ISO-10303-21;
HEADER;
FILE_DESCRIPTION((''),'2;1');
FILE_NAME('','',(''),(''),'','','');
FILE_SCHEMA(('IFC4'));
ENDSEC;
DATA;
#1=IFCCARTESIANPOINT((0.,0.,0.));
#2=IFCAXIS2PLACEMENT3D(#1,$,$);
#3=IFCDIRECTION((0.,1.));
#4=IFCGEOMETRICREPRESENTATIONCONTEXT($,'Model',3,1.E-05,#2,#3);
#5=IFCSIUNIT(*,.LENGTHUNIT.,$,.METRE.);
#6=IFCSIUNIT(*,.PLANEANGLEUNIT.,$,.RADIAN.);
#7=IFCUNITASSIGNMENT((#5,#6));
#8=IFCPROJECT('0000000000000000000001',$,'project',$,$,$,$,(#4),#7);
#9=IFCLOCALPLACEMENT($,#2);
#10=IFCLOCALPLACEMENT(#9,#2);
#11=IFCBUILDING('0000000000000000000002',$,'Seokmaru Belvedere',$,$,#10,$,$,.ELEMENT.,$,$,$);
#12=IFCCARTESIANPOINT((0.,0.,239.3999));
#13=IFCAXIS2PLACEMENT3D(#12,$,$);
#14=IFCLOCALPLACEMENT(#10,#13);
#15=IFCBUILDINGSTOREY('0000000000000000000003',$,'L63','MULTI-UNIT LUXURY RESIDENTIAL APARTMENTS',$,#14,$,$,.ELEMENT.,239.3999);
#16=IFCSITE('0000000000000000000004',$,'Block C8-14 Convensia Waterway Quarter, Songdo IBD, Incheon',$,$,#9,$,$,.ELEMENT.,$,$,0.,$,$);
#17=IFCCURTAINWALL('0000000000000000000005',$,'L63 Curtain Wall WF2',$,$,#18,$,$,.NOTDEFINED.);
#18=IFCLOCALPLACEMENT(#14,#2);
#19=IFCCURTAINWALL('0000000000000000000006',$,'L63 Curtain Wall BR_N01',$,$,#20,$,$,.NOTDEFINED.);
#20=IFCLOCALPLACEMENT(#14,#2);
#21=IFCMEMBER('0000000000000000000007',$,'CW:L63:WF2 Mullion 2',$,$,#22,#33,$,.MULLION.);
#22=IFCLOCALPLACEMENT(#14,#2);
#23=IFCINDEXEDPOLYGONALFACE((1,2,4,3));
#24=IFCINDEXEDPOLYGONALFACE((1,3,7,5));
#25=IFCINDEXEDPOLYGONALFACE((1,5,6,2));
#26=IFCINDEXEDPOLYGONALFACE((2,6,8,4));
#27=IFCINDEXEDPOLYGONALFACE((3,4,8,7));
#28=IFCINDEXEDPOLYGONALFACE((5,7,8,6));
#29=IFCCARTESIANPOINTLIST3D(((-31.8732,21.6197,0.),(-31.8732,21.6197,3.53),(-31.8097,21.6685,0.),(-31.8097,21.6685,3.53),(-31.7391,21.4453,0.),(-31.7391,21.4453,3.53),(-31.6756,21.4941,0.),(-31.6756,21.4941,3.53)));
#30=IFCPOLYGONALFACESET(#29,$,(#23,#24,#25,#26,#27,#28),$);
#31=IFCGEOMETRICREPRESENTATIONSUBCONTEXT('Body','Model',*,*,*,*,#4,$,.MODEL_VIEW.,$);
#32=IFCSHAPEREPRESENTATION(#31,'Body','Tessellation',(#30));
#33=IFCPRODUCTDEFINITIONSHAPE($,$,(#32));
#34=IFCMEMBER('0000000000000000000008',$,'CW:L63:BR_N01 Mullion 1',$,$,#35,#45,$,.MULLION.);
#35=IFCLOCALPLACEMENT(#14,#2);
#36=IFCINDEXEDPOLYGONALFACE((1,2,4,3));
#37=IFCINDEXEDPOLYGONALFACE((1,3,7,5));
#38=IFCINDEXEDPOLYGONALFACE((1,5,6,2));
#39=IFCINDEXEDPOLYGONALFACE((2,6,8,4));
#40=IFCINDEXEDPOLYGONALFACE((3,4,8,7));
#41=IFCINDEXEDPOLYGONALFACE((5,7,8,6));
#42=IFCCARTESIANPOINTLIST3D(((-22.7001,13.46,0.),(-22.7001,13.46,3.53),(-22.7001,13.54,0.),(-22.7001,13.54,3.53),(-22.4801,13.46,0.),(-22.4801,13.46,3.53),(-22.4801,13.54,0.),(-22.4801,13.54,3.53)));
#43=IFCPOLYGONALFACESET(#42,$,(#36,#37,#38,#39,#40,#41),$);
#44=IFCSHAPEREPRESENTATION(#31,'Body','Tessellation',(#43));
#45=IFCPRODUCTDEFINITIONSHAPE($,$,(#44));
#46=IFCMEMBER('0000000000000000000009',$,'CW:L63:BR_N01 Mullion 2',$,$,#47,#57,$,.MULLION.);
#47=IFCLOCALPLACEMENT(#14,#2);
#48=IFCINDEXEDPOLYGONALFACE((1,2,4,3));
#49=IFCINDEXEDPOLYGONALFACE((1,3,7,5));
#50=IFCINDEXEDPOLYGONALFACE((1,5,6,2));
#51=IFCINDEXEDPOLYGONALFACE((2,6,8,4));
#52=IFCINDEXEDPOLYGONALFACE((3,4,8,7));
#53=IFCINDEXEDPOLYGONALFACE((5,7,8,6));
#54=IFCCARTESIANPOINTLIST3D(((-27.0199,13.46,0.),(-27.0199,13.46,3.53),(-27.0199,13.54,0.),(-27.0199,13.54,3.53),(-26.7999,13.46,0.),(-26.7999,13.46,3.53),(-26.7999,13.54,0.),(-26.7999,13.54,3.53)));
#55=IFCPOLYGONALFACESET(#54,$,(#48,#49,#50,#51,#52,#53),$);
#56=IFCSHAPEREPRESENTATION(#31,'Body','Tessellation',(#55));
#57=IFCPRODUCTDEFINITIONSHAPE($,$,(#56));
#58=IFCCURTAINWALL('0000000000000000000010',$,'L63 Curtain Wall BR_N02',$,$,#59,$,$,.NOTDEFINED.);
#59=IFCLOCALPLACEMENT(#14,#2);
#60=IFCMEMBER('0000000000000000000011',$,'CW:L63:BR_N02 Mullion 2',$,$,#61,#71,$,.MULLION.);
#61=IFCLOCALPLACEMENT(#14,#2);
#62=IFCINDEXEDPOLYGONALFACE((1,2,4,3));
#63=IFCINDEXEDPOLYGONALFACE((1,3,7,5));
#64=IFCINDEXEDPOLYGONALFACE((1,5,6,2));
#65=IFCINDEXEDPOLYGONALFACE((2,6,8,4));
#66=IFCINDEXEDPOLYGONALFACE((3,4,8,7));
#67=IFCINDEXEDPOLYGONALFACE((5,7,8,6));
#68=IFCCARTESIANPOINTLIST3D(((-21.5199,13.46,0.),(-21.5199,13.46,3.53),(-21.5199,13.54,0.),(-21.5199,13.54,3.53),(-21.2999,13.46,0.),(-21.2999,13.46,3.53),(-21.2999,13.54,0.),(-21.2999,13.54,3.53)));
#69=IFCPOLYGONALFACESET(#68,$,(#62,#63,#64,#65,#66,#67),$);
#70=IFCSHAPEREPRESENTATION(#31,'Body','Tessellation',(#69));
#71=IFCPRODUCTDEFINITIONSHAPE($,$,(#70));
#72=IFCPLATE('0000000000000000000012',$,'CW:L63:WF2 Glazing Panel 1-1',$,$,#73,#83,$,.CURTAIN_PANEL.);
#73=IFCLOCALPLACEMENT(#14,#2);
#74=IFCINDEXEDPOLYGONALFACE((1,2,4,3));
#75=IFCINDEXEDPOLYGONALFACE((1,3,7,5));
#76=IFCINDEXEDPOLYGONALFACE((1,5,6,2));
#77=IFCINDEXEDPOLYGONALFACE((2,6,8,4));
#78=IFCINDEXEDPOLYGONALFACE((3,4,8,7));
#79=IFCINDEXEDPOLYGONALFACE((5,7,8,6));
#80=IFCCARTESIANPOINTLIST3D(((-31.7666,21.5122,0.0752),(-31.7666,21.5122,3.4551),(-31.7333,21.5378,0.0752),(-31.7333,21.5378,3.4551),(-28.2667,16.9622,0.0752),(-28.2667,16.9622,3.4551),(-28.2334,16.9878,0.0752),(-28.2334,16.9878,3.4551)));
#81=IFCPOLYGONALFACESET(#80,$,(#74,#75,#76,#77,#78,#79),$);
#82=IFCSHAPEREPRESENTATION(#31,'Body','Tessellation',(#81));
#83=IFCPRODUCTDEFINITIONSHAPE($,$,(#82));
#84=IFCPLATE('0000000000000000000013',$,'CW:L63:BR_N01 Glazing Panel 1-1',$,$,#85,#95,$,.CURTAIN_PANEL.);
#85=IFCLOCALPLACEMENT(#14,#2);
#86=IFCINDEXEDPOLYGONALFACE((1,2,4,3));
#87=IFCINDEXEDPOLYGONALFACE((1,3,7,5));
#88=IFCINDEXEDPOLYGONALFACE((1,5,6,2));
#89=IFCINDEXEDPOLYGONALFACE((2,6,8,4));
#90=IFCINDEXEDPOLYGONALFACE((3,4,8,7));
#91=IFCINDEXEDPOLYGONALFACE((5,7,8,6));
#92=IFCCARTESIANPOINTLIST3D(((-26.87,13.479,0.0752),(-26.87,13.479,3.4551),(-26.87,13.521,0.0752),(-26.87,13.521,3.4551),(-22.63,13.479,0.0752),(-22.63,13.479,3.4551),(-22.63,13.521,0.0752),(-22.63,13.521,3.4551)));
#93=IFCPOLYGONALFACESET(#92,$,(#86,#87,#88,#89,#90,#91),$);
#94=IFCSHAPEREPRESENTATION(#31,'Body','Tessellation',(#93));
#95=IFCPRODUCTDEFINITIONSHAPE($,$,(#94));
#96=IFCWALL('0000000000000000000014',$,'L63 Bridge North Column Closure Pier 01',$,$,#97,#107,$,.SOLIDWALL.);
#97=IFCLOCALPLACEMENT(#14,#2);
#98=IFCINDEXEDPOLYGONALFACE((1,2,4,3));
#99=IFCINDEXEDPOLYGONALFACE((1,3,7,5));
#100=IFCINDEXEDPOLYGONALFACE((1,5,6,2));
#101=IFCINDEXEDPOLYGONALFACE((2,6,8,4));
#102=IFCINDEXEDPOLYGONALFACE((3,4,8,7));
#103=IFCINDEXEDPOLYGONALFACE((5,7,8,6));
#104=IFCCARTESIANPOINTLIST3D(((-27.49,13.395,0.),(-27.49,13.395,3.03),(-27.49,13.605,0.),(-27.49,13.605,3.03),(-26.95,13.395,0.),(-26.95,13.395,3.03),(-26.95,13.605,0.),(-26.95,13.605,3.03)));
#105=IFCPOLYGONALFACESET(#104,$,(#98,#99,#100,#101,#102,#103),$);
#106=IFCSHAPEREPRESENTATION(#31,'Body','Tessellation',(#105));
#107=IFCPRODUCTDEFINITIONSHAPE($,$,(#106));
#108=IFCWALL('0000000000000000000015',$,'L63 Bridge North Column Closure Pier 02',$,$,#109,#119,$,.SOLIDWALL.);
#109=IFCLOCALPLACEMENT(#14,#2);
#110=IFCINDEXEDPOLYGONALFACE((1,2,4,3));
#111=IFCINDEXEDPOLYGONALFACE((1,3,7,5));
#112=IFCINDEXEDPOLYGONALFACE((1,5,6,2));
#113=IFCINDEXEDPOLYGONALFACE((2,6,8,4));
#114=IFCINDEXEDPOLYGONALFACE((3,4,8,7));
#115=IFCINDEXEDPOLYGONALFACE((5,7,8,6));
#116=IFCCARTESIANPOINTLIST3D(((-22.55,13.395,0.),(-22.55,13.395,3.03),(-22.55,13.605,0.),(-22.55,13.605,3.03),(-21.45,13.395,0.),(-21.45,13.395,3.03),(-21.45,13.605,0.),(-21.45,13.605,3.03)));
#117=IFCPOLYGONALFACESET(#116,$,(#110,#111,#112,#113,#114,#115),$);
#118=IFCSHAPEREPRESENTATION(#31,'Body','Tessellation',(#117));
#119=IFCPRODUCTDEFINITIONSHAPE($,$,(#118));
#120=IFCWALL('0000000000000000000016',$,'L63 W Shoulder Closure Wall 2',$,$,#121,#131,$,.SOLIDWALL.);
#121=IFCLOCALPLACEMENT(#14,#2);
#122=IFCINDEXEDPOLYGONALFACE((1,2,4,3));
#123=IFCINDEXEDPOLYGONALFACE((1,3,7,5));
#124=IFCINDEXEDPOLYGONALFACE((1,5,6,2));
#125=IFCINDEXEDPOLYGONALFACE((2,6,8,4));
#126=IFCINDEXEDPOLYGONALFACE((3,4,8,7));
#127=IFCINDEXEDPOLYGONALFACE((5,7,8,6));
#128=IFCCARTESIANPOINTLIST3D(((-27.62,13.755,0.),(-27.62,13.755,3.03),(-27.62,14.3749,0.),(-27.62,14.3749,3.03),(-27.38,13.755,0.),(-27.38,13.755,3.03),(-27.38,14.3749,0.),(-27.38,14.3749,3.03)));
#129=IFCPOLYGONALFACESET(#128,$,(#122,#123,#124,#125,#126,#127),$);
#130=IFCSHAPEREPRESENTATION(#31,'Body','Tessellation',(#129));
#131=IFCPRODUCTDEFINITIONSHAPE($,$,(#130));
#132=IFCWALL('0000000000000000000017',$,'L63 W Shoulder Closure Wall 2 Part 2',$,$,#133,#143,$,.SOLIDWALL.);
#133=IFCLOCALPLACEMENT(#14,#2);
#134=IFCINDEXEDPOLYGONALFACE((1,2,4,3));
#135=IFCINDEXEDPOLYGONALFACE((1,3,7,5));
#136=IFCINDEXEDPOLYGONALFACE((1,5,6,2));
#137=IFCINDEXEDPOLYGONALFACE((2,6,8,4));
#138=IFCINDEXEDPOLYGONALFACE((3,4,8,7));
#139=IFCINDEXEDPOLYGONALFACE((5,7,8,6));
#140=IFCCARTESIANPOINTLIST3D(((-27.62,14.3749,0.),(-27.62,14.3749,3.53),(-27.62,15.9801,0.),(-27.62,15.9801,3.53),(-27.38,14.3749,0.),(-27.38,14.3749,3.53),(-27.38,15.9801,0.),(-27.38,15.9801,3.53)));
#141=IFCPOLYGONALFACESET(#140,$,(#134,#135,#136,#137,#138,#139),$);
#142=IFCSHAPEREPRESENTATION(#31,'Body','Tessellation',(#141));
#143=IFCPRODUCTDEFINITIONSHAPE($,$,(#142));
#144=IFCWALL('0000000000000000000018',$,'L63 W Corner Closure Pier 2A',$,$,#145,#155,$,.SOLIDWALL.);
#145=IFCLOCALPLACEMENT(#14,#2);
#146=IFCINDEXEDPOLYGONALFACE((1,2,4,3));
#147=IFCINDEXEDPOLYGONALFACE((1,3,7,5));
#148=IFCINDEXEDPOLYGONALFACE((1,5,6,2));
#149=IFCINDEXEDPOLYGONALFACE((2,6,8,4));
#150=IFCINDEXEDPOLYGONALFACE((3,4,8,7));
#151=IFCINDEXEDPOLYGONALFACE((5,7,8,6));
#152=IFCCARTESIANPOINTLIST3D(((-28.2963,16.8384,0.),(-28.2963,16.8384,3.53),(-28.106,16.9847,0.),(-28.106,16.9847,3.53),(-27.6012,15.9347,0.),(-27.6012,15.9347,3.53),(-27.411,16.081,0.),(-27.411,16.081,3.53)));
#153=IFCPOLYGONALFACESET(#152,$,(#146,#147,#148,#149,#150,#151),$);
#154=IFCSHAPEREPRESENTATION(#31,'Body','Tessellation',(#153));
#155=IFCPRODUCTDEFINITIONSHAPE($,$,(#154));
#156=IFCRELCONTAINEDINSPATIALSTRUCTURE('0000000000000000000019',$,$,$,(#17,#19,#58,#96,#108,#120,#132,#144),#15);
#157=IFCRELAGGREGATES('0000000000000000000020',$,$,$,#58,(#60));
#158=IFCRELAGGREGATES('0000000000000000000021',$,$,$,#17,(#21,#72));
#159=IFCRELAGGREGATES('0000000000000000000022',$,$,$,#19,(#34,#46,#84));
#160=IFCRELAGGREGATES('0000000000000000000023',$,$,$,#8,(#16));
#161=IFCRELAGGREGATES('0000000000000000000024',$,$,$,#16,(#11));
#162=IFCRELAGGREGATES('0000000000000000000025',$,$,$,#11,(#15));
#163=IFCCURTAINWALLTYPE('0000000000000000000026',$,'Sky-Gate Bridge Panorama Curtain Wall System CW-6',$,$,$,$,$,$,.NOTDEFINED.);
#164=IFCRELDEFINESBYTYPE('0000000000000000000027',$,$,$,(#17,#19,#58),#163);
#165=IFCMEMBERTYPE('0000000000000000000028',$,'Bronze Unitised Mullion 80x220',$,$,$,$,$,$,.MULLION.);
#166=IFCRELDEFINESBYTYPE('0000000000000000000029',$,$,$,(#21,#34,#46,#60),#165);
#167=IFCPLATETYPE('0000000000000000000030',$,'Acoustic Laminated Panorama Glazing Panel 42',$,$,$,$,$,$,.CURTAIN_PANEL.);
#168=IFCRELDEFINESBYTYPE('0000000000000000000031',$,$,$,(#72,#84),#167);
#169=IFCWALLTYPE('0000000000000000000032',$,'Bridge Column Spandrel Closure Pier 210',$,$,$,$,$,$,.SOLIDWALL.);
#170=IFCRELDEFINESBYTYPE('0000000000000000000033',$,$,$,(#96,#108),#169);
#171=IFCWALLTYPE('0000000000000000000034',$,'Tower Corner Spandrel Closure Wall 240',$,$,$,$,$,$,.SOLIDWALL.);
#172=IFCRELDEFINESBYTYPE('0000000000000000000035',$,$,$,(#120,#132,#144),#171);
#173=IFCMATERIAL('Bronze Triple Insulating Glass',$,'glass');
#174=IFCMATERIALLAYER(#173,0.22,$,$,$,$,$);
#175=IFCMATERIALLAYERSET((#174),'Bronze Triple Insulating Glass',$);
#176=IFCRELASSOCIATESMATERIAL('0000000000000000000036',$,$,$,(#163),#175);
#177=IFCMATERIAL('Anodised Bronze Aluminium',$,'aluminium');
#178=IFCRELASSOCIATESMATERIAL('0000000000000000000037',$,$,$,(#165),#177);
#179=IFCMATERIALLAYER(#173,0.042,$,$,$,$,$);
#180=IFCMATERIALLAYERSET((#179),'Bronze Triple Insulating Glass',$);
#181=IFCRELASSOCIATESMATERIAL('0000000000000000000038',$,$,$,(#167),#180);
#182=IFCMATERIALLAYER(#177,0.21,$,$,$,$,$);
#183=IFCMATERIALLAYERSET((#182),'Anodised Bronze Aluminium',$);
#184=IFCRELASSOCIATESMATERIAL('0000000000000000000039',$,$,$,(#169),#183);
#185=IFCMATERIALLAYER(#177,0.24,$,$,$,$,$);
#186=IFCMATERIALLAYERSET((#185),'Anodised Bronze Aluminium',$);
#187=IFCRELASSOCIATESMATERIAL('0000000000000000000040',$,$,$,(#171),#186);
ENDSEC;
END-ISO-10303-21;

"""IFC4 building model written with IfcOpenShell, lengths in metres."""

from ifc_helpers import new_model, si_unit, direction, frame, frame_2d, origin, origin_2d, place, context, subcontext, project, spatial, rectangle, extrude, source, transform, mapped, material, layer, layer_set, material_profile, profile_set, type_object, type_shapes, element, aggregate, save


model = new_model("IFC4")

# Units and contexts
model_context = context("Model", 3, precision=1e-05, world=origin(), true_north=direction((0.0, 1.0)))
body_context = subcontext(model_context, "Body", "Model", "MODEL_VIEW")
ifc_project = project(units=[si_unit("LENGTHUNIT", "METRE"), si_unit("PLANEANGLEUNIT", "RADIAN")], contexts=[model_context])

# Site, building, storey
site_placement = place(None, origin())
site = spatial("IfcSite", under=ifc_project, at=site_placement, Name="Block C8-14 Convensia Waterway Quarter, Songdo IBD, Incheon", CompositionType="ELEMENT", RefElevation=0.0)
building_placement = place(site_placement, origin())
building = spatial("IfcBuilding", under=site, at=building_placement, Name="Seokmaru Belvedere", CompositionType="ELEMENT")
storey_placement = place(building_placement, frame((0.0, 0.0, 239.3999)))
storey = spatial("IfcBuildingStorey", under=building, at=storey_placement, Name="L63", Description="MULTI-UNIT LUXURY RESIDENTIAL APARTMENTS", CompositionType="ELEMENT", Elevation=239.3999)

# Curtain walls
ifc_material_1 = material(Name="Bronze Triple Insulating Glass", Category="glass")
ifc_layer_1 = layer(ifc_material_1, 0.22)
ifc_layer_set_1 = layer_set([ifc_layer_1], Name="Bronze Triple Insulating Glass")
curtain_wall_type = type_object("IfcCurtainWallType", Name="Sky-Gate Bridge Panorama Curtain Wall System CW-6", PredefinedType="NOTDEFINED", material=ifc_layer_set_1)
curtain_wall_1_placement = place(storey_placement, origin())
curtain_wall_1 = element("IfcCurtainWall", 1, at=curtain_wall_1_placement, inside=storey, type_object=curtain_wall_type, Name="L63 Curtain Wall WF2", PredefinedType="NOTDEFINED")
ifc_material_2 = material(Name="Anodised Bronze Aluminium", Category="aluminium")
curtain_wall_2_placement = place(storey_placement, origin())
curtain_wall_2 = element("IfcCurtainWall", 2, at=curtain_wall_2_placement, inside=storey, type_object=curtain_wall_type, Name="L63 Curtain Wall BR_N01", PredefinedType="NOTDEFINED")

# Members
ifc_material_profile_1 = material_profile(ifc_material_2, rectangle(XDim=0.0801, YDim=0.22, at=origin_2d()), Name="CW-M-80x220")
ifc_profile_set_1 = profile_set([ifc_material_profile_1], Name="Anodised Bronze Aluminium")
member_type_1 = type_object("IfcMemberType", Name="Bronze Unitised Mullion 80x220", PredefinedType="MULLION", material=ifc_profile_set_1)
shared_shape_1 = source(origin(), body_context, "Body", "SweptSolid", [
    extrude(rectangle(XDim=0.0801, YDim=0.22, at=origin_2d()), origin(), (0.0, 0.0, 1.0), 3.53),
])
type_shapes(member_type_1, [shared_shape_1])
member_1_placement = place(storey_placement, frame((-31.7744, 21.5569, 0.0), z_axis=(0.0, 0.0, 1.0), x_axis=(-0.792631, -0.609701, 0.0)))
member_1 = element("IfcMember", 3, at=member_1_placement, type_object=member_type_1, Name="CW:L63:WF2 Mullion 2", PredefinedType="MULLION", context=body_context, shape_type="MappedRepresentation", body=[
    mapped(shared_shape_1, transform((0.0, 0.0, 0.0), scale=1.0)),
])
member_2_placement = place(storey_placement, frame((-22.5901, 13.5, 0.0), z_axis=(0.0, 0.0, 1.0), x_axis=(0.0, -1.0, 0.0)))
member_2 = element("IfcMember", 4, at=member_2_placement, type_object=member_type_1, Name="CW:L63:BR_N01 Mullion 1", PredefinedType="MULLION", context=body_context, shape_type="MappedRepresentation", body=[
    mapped(shared_shape_1, transform((0.0, 0.0, 0.0), scale=1.0)),
])
member_3_placement = place(storey_placement, frame((-26.9099, 13.5, 0.0), z_axis=(0.0, 0.0, 1.0), x_axis=(0.0, -1.0, 0.0)))
member_3 = element("IfcMember", 5, at=member_3_placement, type_object=member_type_1, Name="CW:L63:BR_N01 Mullion 2", PredefinedType="MULLION", context=body_context, shape_type="MappedRepresentation", body=[
    mapped(shared_shape_1, transform((0.0, 0.0, 0.0), scale=1.0)),
])

# Curtain wall, member
curtain_wall_3_placement = place(storey_placement, origin())
curtain_wall_3 = element("IfcCurtainWall", 6, at=curtain_wall_3_placement, inside=storey, type_object=curtain_wall_type, Name="L63 Curtain Wall BR_N02", PredefinedType="NOTDEFINED")
member_4_placement = place(storey_placement, frame((-21.4099, 13.5, 0.0), z_axis=(0.0, 0.0, 1.0), x_axis=(0.0, -1.0, 0.0)))
member_4 = element("IfcMember", 7, at=member_4_placement, type_object=member_type_1, Name="CW:L63:BR_N02 Mullion 2", PredefinedType="MULLION", context=body_context, shape_type="MappedRepresentation", body=[
    mapped(shared_shape_1, transform((0.0, 0.0, 0.0), scale=1.0)),
])
aggregate(curtain_wall_3, [member_4])

# Plates
ifc_layer_2 = layer(ifc_material_1, 0.042)
ifc_layer_set_2 = layer_set([ifc_layer_2], Name="Bronze Triple Insulating Glass")
plate_type = type_object("IfcPlateType", Name="Acoustic Laminated Panorama Glazing Panel 42", PredefinedType="CURTAIN_PANEL", material=ifc_layer_set_2)
shared_shape_2 = source(origin(), body_context, "Body", "SweptSolid", [
    extrude(rectangle(XDim=5.7405, YDim=0.042, at=origin_2d()), origin(), (0.0, 0.0, 1.0), 3.3799),
])
plate_1_placement = place(storey_placement, frame((-30.0, 19.25, 0.0752), z_axis=(0.0, 0.0, 1.0), x_axis=(-0.609701, 0.792631, 0.0)))
plate_1 = element("IfcPlate", 8, at=plate_1_placement, type_object=plate_type, Name="CW:L63:WF2 Glazing Panel 1-1", PredefinedType="CURTAIN_PANEL", context=body_context, shape_type="MappedRepresentation", body=[
    mapped(shared_shape_2, transform((0.0, 0.0, 0.0), scale=1.0)),
])
aggregate(curtain_wall_1, [member_1, plate_1])
shared_shape_3 = source(origin(), body_context, "Body", "SweptSolid", [
    extrude(rectangle(XDim=4.24, YDim=0.042, at=origin_2d()), origin(), (0.0, 0.0, 1.0), 3.3799),
])
type_shapes(plate_type, [shared_shape_2, shared_shape_3])
plate_2_placement = place(storey_placement, frame((-24.75, 13.5, 0.0752), z_axis=(0.0, 0.0, 1.0), x_axis=(-1.0, 0.0, 0.0)))
plate_2 = element("IfcPlate", 9, at=plate_2_placement, type_object=plate_type, Name="CW:L63:BR_N01 Glazing Panel 1-1", PredefinedType="CURTAIN_PANEL", context=body_context, shape_type="MappedRepresentation", body=[
    mapped(shared_shape_3, transform((0.0, 0.0, 0.0), scale=1.0)),
])
aggregate(curtain_wall_2, [member_2, member_3, plate_2])

# Walls
ifc_layer_3 = layer(ifc_material_2, 0.21)
ifc_layer_set_3 = layer_set([ifc_layer_3], Name="Anodised Bronze Aluminium")
wall_type_1 = type_object("IfcWallType", Name="Bridge Column Spandrel Closure Pier 210", PredefinedType="SOLIDWALL", material=ifc_layer_set_3)
wall_1_placement = place(storey_placement, frame((-27.49, 13.5, 0.0), z_axis=(0.0, 0.0, 1.0), x_axis=(1.0, 0.0, 0.0)))
element("IfcWall", 10, at=wall_1_placement, inside=storey, type_object=wall_type_1, Name="L63 Bridge North Column Closure Pier 01", PredefinedType="SOLIDWALL", context=body_context, shape_type="SweptSolid", body=[
    extrude(rectangle(XDim=0.54, YDim=0.21, at=frame_2d((0.27, 0.0))), origin(), (0.0, 0.0, 1.0), 3.03),
])
wall_2_placement = place(storey_placement, frame((-22.55, 13.5, 0.0), z_axis=(0.0, 0.0, 1.0), x_axis=(1.0, 0.0, 0.0)))
element("IfcWall", 11, at=wall_2_placement, inside=storey, type_object=wall_type_1, Name="L63 Bridge North Column Closure Pier 02", PredefinedType="SOLIDWALL", context=body_context, shape_type="SweptSolid", body=[
    extrude(rectangle(XDim=1.1001, YDim=0.21, at=frame_2d((0.55, 0.0))), origin(), (0.0, 0.0, 1.0), 3.03),
])
ifc_layer_4 = layer(ifc_material_2, 0.24)
ifc_layer_set_4 = layer_set([ifc_layer_4], Name="Anodised Bronze Aluminium")
wall_type_2 = type_object("IfcWallType", Name="Tower Corner Spandrel Closure Wall 240", PredefinedType="SOLIDWALL", material=ifc_layer_set_4)
wall_3_placement = place(storey_placement, frame((-27.5, 13.7549, 0.0), z_axis=(0.0, 0.0, 1.0), x_axis=(0.0, 1.0, 0.0)))
element("IfcWall", 12, at=wall_3_placement, inside=storey, type_object=wall_type_2, Name="L63 W Shoulder Closure Wall 2", PredefinedType="SOLIDWALL", context=body_context, shape_type="SweptSolid", body=[
    extrude(rectangle(XDim=0.6199, YDim=0.24, at=frame_2d((0.3101, 0.0))), origin(), (0.0, 0.0, 1.0), 3.03),
])
wall_4_placement = place(storey_placement, frame((-27.5, 14.3748, 0.0), z_axis=(0.0, 0.0, 1.0), x_axis=(0.0, 1.0, 0.0)))
element("IfcWall", 13, at=wall_4_placement, inside=storey, type_object=wall_type_2, Name="L63 W Shoulder Closure Wall 2 Part 2", PredefinedType="SOLIDWALL", context=body_context, shape_type="SweptSolid", body=[
    extrude(rectangle(XDim=1.6052, YDim=0.24, at=frame_2d((0.8027, 0.0))), origin(), (0.0, 0.0, 1.0), 3.53),
])
wall_5_placement = place(storey_placement, frame((-27.5061, 16.0078, 0.0), z_axis=(0.0, 0.0, 1.0), x_axis=(-0.609618, 0.792696, 0.0)))
element("IfcWall", 14, at=wall_5_placement, inside=storey, type_object=wall_type_2, Name="L63 W Corner Closure Pier 2A", PredefinedType="SOLIDWALL", context=body_context, shape_type="SweptSolid", body=[
    extrude(rectangle(XDim=1.1401, YDim=0.24, at=frame_2d((0.5701, 0.0))), origin(), (0.0, 0.0, 1.0), 3.53),
])

save(model, "model.ifc")
